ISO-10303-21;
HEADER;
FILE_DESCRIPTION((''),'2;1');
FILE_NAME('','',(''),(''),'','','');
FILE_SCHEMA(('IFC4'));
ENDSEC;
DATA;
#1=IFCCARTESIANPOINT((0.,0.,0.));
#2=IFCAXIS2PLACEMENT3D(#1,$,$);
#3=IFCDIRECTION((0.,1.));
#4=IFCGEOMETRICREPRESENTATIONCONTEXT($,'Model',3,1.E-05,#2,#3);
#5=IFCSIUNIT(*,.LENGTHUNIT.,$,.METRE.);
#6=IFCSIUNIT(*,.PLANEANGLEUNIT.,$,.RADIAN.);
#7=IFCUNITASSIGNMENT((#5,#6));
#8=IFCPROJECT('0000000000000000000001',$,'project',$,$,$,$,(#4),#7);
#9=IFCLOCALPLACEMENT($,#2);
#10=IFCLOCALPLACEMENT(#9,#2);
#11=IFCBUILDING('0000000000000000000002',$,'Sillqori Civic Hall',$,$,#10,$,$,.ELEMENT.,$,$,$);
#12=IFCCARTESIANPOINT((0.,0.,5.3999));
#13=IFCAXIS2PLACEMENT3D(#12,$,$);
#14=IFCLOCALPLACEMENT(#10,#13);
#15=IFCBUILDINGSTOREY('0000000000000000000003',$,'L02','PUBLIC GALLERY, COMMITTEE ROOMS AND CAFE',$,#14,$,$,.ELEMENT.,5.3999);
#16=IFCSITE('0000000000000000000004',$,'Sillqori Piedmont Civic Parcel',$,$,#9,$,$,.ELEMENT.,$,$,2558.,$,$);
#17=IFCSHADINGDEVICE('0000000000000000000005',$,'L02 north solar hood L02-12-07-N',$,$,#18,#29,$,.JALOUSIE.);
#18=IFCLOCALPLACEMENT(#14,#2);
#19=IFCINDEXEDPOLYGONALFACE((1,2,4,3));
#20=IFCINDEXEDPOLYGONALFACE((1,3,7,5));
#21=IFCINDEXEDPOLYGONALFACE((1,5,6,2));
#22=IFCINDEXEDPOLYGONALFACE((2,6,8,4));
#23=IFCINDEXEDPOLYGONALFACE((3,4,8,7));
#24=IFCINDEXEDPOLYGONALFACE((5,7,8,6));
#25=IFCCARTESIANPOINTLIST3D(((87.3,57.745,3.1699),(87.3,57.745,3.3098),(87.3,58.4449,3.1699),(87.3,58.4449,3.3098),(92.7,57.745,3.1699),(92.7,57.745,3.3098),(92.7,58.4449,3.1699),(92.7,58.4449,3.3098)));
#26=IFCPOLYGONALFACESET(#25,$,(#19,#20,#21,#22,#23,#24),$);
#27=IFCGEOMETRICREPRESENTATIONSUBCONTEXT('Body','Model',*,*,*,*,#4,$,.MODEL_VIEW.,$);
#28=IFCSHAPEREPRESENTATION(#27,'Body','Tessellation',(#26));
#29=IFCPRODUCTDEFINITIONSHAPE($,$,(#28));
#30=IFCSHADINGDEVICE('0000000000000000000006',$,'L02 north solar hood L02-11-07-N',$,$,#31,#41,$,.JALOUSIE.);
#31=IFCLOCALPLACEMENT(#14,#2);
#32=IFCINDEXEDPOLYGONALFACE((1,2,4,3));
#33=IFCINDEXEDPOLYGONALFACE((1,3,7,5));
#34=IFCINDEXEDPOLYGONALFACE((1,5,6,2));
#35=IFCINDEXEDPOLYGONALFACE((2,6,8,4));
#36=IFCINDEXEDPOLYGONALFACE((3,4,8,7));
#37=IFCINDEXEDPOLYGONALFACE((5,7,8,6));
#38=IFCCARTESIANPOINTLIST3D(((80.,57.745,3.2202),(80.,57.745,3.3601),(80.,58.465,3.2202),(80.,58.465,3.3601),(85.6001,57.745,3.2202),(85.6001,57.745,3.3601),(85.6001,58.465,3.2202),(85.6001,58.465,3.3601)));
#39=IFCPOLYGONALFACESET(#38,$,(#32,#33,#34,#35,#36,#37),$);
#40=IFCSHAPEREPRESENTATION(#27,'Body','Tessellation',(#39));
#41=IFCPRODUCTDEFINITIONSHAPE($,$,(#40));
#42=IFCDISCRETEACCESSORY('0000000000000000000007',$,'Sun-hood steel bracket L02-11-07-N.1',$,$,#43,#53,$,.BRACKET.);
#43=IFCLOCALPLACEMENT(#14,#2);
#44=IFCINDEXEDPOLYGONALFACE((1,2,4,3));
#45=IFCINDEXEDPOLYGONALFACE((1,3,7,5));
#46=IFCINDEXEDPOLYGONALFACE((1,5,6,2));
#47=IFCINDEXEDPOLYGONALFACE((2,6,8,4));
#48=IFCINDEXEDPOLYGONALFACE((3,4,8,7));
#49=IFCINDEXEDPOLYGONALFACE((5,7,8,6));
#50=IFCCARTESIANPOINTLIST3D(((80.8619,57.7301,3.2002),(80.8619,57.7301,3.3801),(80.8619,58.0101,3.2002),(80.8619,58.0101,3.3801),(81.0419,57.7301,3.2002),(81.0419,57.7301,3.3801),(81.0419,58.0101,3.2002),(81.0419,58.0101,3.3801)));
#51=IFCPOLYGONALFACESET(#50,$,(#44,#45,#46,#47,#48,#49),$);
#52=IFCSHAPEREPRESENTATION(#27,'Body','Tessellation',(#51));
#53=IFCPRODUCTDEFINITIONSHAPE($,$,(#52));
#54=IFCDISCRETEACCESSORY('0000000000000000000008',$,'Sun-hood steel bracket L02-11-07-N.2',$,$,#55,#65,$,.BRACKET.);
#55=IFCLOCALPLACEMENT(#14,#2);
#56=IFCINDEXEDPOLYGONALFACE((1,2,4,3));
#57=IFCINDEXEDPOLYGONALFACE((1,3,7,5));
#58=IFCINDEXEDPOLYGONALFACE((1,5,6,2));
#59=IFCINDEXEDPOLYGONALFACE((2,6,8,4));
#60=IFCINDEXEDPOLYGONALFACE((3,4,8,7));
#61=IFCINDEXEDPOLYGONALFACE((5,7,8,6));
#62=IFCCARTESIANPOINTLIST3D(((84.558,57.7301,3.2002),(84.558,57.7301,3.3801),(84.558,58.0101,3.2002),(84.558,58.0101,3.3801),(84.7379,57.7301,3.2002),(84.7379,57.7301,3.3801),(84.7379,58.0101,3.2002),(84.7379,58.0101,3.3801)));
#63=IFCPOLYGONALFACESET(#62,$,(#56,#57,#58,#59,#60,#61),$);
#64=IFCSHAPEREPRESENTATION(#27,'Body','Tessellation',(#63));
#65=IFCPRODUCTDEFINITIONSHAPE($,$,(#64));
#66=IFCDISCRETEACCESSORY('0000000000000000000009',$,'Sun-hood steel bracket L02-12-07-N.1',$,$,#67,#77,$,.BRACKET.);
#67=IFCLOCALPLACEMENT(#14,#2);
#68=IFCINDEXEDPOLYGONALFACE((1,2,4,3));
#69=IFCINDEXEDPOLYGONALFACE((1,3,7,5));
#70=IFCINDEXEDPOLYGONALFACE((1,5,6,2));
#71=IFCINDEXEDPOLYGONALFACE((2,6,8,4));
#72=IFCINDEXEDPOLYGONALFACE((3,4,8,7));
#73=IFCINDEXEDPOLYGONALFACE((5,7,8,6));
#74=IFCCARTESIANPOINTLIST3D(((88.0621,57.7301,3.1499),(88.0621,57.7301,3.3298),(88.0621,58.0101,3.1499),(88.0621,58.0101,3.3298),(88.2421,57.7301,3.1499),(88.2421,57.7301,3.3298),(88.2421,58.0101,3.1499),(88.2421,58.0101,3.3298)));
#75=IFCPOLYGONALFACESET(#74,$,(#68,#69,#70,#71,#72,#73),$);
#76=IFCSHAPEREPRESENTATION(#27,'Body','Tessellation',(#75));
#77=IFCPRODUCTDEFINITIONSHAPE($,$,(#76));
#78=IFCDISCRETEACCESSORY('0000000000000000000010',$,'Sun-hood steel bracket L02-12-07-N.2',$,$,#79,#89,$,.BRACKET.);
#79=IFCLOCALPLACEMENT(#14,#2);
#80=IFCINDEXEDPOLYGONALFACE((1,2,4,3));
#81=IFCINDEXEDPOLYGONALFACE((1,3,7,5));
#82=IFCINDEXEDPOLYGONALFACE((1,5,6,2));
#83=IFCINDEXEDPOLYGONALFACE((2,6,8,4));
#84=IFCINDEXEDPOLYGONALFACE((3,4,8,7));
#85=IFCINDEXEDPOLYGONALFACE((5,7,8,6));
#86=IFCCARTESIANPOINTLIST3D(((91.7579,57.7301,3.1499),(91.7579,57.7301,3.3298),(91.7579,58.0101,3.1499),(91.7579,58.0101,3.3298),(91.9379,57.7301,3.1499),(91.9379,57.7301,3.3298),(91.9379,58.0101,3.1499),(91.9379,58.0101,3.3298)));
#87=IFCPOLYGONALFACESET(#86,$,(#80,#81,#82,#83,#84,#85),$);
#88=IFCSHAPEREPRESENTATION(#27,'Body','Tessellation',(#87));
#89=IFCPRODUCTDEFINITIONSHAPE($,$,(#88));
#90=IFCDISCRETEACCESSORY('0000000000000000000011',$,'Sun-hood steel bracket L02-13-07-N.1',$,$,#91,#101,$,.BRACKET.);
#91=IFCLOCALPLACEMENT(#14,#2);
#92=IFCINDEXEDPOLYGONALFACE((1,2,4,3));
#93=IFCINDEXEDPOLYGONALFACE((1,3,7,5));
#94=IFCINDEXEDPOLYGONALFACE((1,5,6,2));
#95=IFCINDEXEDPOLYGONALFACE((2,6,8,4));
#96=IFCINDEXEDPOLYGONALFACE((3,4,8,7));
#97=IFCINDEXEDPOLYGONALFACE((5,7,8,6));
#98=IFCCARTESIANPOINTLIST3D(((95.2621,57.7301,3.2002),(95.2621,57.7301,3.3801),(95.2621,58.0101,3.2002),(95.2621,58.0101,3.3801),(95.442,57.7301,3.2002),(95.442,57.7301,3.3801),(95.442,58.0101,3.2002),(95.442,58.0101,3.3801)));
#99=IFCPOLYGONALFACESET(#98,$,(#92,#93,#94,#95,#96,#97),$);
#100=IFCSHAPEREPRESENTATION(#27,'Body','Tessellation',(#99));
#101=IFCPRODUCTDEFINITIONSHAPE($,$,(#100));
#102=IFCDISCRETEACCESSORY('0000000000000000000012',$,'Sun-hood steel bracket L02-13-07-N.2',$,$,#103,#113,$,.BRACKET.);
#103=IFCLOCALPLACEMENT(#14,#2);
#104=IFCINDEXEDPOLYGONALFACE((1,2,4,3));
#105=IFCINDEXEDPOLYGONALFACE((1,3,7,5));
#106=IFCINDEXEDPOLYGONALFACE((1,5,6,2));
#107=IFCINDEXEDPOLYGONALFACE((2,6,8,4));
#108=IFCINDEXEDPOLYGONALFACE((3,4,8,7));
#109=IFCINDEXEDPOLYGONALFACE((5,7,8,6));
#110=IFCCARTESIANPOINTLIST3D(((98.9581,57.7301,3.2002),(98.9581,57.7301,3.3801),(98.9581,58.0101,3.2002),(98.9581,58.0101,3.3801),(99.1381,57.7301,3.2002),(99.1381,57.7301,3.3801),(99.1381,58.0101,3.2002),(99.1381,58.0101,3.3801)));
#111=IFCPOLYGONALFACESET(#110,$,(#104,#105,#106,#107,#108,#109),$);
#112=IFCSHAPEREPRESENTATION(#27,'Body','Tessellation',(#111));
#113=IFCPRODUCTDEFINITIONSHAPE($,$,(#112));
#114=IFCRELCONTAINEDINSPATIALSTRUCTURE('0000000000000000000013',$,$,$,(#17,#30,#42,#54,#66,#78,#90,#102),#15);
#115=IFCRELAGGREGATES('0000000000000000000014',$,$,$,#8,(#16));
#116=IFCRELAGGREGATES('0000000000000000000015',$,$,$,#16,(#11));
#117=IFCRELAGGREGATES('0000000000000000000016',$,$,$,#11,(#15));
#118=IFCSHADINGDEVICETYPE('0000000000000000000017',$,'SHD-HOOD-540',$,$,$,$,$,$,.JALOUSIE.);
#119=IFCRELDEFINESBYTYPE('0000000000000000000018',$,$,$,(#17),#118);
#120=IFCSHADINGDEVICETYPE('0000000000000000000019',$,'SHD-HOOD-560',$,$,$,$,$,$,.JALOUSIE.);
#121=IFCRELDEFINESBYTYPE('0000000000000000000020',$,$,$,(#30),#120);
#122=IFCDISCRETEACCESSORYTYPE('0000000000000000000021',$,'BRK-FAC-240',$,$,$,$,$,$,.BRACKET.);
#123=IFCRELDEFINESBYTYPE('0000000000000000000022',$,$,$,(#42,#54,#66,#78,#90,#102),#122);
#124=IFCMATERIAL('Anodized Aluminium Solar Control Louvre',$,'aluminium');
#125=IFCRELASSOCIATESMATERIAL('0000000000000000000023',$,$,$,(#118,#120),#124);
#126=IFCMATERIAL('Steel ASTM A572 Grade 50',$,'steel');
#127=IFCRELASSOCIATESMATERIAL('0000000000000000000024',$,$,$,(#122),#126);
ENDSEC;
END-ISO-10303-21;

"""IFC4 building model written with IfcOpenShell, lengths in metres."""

from ifc_helpers import new_model, si_unit, direction, frame, origin, origin_2d, place, context, subcontext, project, spatial, rectangle, extrude, material, type_object, element, save


model = new_model("IFC4")

# Units and contexts
model_context = context("Model", 3, precision=1e-05, world=origin(), true_north=direction((0.0, 1.0)))
body_context = subcontext(model_context, "Body", "Model", "MODEL_VIEW")
ifc_project = project(units=[si_unit("LENGTHUNIT", "METRE"), si_unit("PLANEANGLEUNIT", "RADIAN")], contexts=[model_context])

# Site, building, storey
site_placement = place(None, origin())
site = spatial("IfcSite", under=ifc_project, at=site_placement, Name="Sillqori Piedmont Civic Parcel", CompositionType="ELEMENT", RefElevation=2558.0)
building_placement = place(site_placement, origin())
building = spatial("IfcBuilding", under=site, at=building_placement, Name="Sillqori Civic Hall", CompositionType="ELEMENT")
storey_placement = place(building_placement, frame((0.0, 0.0, 5.3999)))
storey = spatial("IfcBuildingStorey", under=building, at=storey_placement, Name="L02", Description="PUBLIC GALLERY, COMMITTEE ROOMS AND CAFE", CompositionType="ELEMENT", Elevation=5.3999)

# Shading devices
ifc_material_1 = material(Name="Anodized Aluminium Solar Control Louvre", Category="aluminium")
shading_device_type_1 = type_object("IfcShadingDeviceType", Name="SHD-HOOD-540", PredefinedType="JALOUSIE", material=ifc_material_1)
shading_device_1_placement = place(storey_placement, frame((90.0, 58.095, 3.1699), z_axis=(0.0, 0.0, 1.0), x_axis=(1.0, 0.0, 0.0)))
element("IfcShadingDevice", 1, at=shading_device_1_placement, inside=storey, type_object=shading_device_type_1, Name="L02 north solar hood L02-12-07-N", PredefinedType="JALOUSIE", context=body_context, shape_type="SweptSolid", body=[
    extrude(rectangle(XDim=5.3999, YDim=0.7, at=origin_2d()), origin(), (0.0, 0.0, 1.0), 0.1399),
])
shading_device_type_2 = type_object("IfcShadingDeviceType", Name="SHD-HOOD-560", PredefinedType="JALOUSIE", material=ifc_material_1)
shading_device_2_placement = place(storey_placement, frame((82.8, 58.105, 3.2202), z_axis=(0.0, 0.0, 1.0), x_axis=(1.0, 0.0, 0.0)))
element("IfcShadingDevice", 2, at=shading_device_2_placement, inside=storey, type_object=shading_device_type_2, Name="L02 north solar hood L02-11-07-N", PredefinedType="JALOUSIE", context=body_context, shape_type="SweptSolid", body=[
    extrude(rectangle(XDim=5.6001, YDim=0.72, at=origin_2d()), origin(), (0.0, 0.0, 1.0), 0.1399),
])

# Discrete accessories
ifc_material_2 = material(Name="Steel ASTM A572 Grade 50", Category="steel")
discrete_accessory_type = type_object("IfcDiscreteAccessoryType", Name="BRK-FAC-240", PredefinedType="BRACKET", material=ifc_material_2)
for number, where, z_axis, x_axis, name in (
    (3, (80.9519, 57.8701, 3.2002), (0.0, 0.0, 1.0), (1.0, 0.0, 0.0), "Sun-hood steel bracket L02-11-07-N.1"),
    (4, (84.6479, 57.8701, 3.2002), (0.0, 0.0, 1.0), (1.0, 0.0, 0.0), "Sun-hood steel bracket L02-11-07-N.2"),
    (5, (88.1521, 57.8701, 3.1499), (0.0, 0.0, 1.0), (1.0, 0.0, 0.0), "Sun-hood steel bracket L02-12-07-N.1"),
    (6, (91.8479, 57.8701, 3.1499), (0.0, 0.0, 1.0), (1.0, 0.0, 0.0), "Sun-hood steel bracket L02-12-07-N.2"),
    (7, (95.3521, 57.8701, 3.2002), (0.0, 0.0, 1.0), (1.0, 0.0, 0.0), "Sun-hood steel bracket L02-13-07-N.1"),
    (8, (99.0481, 57.8701, 3.2002), (0.0, 0.0, 1.0), (1.0, 0.0, 0.0), "Sun-hood steel bracket L02-13-07-N.2"),
):
    element("IfcDiscreteAccessory", number, at=place(storey_placement, frame(where, z_axis=z_axis, x_axis=x_axis)), inside=storey, type_object=discrete_accessory_type, Name=name, PredefinedType="BRACKET", context=body_context, shape_type="SweptSolid", body=[
        extrude(rectangle(XDim=0.1799, YDim=0.28, at=origin_2d()), origin(), (0.0, 0.0, 1.0), 0.1799),
    ])

save(model, "model.ifc")
